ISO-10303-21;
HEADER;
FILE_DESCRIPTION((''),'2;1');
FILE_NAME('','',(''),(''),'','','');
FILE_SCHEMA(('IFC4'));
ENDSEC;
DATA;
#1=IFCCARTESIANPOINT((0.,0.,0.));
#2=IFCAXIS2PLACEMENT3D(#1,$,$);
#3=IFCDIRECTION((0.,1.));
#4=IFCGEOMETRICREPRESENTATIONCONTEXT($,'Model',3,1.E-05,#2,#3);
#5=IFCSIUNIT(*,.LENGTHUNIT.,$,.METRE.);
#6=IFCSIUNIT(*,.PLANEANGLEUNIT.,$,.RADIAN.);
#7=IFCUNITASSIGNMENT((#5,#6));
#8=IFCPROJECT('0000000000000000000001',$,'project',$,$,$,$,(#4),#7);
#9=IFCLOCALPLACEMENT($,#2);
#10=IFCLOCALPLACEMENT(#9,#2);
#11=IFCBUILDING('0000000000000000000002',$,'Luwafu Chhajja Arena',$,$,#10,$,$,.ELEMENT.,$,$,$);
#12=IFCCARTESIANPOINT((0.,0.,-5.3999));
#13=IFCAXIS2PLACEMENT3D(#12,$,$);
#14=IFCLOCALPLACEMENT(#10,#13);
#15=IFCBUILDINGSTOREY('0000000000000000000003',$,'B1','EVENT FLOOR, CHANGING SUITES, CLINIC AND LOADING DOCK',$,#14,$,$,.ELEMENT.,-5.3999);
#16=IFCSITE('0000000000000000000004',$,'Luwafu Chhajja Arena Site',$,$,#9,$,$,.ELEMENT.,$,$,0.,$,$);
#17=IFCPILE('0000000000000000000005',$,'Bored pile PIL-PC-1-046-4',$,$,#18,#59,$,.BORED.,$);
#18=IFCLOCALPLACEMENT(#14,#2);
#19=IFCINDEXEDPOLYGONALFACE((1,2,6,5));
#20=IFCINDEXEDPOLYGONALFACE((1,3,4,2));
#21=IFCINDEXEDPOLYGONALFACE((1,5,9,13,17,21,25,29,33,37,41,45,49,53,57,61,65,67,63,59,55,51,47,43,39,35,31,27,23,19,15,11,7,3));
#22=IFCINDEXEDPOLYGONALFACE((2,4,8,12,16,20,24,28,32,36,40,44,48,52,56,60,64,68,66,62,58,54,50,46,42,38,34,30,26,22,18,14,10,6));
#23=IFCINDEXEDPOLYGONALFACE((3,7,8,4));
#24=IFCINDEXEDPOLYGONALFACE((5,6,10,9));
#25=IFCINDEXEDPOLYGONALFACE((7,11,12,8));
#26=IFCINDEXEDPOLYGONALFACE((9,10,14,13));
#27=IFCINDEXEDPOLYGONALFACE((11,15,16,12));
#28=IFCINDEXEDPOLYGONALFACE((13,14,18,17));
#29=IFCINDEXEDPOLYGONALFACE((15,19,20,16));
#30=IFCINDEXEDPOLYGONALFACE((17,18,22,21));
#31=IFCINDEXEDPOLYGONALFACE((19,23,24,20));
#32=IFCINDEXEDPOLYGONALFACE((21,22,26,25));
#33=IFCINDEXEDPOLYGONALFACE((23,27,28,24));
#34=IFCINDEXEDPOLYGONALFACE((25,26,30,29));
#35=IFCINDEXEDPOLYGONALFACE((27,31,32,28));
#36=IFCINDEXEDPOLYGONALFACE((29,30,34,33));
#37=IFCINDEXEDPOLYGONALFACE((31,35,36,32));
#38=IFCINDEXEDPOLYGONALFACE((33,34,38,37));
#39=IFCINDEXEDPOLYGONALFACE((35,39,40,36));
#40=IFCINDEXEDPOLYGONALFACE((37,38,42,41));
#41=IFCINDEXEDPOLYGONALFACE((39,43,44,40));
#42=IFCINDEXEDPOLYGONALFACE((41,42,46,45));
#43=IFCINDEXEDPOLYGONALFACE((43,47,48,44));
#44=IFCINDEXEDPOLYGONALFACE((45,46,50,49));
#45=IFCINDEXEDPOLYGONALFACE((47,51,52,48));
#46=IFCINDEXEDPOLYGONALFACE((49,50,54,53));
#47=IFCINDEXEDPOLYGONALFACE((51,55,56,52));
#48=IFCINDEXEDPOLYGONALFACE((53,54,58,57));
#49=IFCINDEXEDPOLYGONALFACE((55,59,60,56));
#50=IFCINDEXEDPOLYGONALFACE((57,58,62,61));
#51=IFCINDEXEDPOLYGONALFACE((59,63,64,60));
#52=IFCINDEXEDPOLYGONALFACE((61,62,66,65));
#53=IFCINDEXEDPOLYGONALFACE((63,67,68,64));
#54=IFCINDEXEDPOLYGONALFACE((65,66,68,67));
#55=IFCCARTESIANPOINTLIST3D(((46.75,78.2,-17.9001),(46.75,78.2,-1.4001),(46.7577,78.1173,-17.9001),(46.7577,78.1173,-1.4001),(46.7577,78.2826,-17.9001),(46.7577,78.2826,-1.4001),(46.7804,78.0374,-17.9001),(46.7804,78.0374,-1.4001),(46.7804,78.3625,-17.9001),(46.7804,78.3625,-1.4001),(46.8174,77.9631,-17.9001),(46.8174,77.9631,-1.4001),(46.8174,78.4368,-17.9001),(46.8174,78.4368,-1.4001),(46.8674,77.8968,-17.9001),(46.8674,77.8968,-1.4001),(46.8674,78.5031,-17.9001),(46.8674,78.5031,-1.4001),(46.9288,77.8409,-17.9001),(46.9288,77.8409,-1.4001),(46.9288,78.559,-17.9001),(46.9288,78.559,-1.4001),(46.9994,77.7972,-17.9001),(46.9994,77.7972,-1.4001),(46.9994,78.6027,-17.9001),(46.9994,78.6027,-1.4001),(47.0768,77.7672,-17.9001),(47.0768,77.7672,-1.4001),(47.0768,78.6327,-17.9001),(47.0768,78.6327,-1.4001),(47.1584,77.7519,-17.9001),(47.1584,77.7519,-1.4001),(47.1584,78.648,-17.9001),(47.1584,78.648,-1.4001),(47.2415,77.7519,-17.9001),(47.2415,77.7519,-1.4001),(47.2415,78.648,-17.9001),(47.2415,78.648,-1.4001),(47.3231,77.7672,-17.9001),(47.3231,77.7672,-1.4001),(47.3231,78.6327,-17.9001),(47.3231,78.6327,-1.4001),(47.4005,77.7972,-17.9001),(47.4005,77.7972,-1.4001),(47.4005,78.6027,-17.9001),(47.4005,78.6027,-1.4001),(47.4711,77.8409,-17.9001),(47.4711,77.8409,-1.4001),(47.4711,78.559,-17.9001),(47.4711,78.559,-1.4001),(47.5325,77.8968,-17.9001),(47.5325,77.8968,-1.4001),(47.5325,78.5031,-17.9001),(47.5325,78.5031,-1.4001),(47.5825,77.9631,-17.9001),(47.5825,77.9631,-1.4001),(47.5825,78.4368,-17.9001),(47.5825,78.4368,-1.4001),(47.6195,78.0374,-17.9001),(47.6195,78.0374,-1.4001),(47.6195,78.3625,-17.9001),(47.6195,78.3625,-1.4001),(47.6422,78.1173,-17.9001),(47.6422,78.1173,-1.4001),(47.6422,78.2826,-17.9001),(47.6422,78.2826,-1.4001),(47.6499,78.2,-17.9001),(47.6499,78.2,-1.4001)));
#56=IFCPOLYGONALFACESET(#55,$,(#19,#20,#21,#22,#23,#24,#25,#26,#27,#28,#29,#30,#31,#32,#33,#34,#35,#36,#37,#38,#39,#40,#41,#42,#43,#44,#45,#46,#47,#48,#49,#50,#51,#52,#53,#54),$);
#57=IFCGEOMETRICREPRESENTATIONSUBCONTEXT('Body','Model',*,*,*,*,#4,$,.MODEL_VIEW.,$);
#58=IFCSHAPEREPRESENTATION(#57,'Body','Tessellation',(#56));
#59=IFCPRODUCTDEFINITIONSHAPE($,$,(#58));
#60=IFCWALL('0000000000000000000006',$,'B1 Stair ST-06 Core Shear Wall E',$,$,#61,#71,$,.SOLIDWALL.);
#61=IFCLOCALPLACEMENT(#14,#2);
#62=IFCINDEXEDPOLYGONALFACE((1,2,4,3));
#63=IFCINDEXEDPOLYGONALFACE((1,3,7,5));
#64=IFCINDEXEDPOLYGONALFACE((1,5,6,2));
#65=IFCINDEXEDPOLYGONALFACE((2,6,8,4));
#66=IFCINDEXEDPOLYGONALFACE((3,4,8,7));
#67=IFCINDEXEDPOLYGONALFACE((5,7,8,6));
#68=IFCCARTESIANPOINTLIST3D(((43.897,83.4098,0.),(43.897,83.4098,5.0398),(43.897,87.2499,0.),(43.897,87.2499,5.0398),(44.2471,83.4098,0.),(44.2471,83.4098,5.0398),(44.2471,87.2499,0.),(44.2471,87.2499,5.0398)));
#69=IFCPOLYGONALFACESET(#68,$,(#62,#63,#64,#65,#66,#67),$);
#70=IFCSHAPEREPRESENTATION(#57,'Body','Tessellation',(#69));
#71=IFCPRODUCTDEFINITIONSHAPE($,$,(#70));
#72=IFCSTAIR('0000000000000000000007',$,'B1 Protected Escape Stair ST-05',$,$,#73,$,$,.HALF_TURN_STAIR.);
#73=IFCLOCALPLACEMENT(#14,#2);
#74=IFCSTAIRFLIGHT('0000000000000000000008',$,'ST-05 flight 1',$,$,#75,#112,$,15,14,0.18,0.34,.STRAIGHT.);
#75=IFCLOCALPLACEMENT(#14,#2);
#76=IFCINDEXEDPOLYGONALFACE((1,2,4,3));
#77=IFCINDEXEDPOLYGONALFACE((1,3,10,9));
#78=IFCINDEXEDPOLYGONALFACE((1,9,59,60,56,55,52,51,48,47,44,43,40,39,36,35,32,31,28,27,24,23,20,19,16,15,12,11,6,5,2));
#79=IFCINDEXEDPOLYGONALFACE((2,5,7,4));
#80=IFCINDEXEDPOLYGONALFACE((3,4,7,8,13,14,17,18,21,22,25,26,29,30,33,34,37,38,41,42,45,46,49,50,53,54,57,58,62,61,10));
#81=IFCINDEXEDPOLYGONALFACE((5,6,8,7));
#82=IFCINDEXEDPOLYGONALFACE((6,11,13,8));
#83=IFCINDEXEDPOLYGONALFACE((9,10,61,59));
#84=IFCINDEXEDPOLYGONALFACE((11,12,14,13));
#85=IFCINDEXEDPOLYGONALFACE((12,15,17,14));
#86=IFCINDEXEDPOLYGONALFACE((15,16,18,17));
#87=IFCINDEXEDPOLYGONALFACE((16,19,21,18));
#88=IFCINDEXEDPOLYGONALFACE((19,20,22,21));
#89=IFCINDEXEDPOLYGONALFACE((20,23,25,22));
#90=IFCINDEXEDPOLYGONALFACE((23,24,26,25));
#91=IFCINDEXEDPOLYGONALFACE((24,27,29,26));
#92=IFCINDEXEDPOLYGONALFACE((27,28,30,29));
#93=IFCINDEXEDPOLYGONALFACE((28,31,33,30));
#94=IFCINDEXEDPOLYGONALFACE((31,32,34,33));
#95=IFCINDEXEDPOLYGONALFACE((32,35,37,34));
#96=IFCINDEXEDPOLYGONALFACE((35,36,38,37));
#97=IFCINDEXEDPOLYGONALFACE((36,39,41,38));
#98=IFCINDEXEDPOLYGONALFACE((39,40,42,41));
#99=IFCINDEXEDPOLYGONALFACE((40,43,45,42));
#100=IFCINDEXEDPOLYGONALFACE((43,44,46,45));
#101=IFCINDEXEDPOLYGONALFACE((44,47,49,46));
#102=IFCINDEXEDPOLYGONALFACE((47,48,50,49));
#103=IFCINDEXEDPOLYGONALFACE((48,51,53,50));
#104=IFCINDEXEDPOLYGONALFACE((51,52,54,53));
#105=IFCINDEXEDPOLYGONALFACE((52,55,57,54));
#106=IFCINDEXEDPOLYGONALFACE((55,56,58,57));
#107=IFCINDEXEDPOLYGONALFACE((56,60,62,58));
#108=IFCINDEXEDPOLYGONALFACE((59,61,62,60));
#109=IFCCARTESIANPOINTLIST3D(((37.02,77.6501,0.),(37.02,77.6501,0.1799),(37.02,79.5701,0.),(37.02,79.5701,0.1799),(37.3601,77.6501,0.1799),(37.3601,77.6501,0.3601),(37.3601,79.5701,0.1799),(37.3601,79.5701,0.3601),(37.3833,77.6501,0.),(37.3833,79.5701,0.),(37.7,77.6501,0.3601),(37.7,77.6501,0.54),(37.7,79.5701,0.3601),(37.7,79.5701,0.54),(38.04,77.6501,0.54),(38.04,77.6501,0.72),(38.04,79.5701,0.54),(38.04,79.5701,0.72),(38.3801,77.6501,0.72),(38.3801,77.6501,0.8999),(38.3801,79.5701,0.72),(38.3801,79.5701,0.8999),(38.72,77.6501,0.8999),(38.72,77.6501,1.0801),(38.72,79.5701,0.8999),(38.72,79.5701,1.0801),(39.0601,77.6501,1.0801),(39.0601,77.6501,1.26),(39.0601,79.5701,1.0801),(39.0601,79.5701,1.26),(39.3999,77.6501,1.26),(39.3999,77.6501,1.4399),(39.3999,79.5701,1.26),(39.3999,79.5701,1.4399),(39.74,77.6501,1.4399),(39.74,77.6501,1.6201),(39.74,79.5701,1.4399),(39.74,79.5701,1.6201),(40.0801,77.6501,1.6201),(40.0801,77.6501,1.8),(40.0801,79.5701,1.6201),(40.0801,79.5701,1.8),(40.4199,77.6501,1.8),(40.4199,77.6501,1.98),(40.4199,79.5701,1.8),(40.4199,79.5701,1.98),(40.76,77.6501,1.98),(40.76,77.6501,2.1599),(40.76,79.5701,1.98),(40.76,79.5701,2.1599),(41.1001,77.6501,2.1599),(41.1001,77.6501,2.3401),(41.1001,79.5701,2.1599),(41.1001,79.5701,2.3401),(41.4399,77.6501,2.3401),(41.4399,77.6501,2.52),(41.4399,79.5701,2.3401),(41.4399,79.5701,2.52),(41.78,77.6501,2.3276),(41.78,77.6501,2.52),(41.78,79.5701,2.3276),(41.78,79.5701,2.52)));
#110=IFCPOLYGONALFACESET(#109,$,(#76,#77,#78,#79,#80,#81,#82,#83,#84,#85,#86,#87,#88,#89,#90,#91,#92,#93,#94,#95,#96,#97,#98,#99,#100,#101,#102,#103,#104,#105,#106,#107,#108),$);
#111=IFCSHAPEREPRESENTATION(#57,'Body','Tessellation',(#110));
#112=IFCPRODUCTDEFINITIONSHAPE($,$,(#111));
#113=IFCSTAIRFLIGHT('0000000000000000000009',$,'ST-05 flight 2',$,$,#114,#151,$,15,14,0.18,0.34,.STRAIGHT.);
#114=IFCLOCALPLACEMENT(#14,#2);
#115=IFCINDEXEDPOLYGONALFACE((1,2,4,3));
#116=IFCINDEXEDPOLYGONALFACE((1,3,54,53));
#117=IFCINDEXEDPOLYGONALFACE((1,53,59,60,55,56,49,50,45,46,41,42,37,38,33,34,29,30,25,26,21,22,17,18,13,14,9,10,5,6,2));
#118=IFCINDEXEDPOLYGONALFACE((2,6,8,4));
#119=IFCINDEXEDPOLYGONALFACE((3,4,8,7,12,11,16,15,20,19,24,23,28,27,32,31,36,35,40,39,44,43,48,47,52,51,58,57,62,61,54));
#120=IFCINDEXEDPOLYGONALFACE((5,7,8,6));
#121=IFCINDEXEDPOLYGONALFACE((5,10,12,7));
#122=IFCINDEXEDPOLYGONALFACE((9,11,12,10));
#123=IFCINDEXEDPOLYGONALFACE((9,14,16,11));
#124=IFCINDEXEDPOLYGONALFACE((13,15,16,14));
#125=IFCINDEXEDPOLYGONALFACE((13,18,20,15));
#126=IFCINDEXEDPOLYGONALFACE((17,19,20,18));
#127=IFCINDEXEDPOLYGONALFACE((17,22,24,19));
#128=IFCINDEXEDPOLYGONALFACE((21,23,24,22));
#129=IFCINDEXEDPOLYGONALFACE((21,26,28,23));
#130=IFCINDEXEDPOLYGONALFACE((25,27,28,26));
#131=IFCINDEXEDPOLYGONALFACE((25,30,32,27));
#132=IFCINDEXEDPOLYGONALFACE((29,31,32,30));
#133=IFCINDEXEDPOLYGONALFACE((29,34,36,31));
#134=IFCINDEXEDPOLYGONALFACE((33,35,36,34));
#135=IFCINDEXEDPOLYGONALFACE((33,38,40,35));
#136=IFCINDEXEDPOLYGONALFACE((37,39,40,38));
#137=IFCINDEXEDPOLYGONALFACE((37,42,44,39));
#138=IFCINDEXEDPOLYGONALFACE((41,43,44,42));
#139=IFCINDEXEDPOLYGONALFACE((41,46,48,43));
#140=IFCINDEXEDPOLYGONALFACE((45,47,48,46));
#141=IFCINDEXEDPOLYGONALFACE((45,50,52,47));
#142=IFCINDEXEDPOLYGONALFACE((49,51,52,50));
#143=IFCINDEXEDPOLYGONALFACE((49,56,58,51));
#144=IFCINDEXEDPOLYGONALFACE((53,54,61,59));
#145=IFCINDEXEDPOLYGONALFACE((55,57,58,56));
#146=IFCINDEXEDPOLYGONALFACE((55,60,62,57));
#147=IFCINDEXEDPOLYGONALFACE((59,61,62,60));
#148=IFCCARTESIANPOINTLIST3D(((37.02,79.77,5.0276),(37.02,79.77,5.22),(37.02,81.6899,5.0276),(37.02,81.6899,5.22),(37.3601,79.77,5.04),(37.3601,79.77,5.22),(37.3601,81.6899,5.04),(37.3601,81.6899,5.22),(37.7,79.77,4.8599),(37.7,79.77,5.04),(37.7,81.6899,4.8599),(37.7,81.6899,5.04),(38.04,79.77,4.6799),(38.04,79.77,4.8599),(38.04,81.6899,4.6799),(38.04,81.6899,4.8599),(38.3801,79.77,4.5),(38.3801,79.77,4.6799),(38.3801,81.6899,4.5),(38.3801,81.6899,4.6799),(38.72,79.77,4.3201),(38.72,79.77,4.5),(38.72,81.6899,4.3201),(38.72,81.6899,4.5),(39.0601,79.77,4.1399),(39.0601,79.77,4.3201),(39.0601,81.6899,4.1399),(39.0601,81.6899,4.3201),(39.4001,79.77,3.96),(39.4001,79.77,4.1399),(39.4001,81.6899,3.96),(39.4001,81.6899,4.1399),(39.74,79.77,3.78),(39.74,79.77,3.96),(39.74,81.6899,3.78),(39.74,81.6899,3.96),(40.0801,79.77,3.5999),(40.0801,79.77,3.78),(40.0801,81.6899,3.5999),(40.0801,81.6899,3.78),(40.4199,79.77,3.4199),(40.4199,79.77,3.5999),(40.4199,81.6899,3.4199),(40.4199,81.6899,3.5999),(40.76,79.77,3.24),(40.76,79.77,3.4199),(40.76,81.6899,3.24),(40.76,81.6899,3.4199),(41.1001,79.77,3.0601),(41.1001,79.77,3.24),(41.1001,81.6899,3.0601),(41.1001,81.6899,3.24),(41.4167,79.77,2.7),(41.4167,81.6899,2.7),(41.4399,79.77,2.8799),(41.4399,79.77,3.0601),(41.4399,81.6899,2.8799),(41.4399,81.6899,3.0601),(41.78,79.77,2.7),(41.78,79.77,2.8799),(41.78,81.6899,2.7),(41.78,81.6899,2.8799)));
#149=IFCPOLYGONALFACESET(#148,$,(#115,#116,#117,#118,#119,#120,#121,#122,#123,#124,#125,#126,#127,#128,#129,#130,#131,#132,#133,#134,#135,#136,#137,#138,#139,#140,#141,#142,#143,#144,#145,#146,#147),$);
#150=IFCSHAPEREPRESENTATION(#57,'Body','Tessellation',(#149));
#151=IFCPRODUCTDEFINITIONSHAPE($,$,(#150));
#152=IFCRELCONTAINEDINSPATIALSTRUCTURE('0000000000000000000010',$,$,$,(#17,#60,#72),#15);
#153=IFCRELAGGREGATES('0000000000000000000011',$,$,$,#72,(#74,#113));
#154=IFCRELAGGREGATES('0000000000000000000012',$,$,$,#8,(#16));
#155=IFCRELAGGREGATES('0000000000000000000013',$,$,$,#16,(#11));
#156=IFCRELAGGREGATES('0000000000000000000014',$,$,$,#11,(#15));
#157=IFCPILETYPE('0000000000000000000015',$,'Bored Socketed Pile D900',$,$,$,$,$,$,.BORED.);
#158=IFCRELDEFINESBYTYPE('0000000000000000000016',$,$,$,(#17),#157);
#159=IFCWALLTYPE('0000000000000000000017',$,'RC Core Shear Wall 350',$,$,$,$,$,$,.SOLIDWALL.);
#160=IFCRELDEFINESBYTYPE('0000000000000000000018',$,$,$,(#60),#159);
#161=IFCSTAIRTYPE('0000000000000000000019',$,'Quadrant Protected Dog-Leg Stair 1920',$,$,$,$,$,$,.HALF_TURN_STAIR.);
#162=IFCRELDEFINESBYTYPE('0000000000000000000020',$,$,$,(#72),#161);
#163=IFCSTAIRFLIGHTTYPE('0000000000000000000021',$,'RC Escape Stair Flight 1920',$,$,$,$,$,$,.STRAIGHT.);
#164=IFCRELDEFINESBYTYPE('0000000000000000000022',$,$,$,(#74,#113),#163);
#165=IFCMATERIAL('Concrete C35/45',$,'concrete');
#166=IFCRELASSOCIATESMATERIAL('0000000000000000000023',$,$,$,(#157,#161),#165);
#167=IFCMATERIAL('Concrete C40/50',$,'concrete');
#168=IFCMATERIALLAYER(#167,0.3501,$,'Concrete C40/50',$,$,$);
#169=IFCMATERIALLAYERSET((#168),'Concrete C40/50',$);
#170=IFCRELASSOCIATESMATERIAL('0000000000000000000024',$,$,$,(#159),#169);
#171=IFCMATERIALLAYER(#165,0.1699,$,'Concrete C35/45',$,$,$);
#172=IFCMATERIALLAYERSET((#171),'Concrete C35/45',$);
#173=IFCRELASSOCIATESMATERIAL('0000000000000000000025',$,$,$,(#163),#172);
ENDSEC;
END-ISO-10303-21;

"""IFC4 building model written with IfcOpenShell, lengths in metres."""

from ifc_helpers import new_model, si_unit, direction, frame, frame_2d, origin, origin_2d, place, context, subcontext, project, spatial, polyline, rectangle, circle, outline, extrude, material, layer, layer_set, material_profile, profile_set, type_object, element, aggregate, save


model = new_model("IFC4")

# Units and contexts
model_context = context("Model", 3, precision=1e-05, world=origin(), true_north=direction((0.0, 1.0)))
body_context = subcontext(model_context, "Body", "Model", "MODEL_VIEW")
ifc_project = project(units=[si_unit("LENGTHUNIT", "METRE"), si_unit("PLANEANGLEUNIT", "RADIAN")], contexts=[model_context])

# Site, building, storey
site_placement = place(None, origin())
site = spatial("IfcSite", under=ifc_project, at=site_placement, Name="Luwafu Chhajja Arena Site", CompositionType="ELEMENT", RefElevation=0.0)
building_placement = place(site_placement, origin())
building = spatial("IfcBuilding", under=site, at=building_placement, Name="Luwafu Chhajja Arena", CompositionType="ELEMENT")
storey_placement = place(building_placement, frame((0.0, 0.0, -5.3999)))
storey = spatial("IfcBuildingStorey", under=building, at=storey_placement, Name="B1", Description="EVENT FLOOR, CHANGING SUITES, CLINIC AND LOADING DOCK", CompositionType="ELEMENT", Elevation=-5.3999)

# Pile
ifc_material_1 = material(Name="Concrete C35/45", Category="concrete")
ifc_material_profile = material_profile(ifc_material_1, circle(Radius=0.45, at=origin_2d()), Name="PILE D900")
ifc_profile_set = profile_set([ifc_material_profile], Name="Concrete C35/45")
pile_type = type_object("IfcPileType", Name="Bored Socketed Pile D900", PredefinedType="BORED", material=ifc_profile_set)
pile_placement = place(storey_placement, frame((47.2, 78.2, -1.4001), z_axis=(0.0, 0.0, -1.0), x_axis=(1.0, 0.0, 0.0)))
element("IfcPile", 1, at=pile_placement, inside=storey, type_object=pile_type, Name="Bored pile PIL-PC-1-046-4", PredefinedType="BORED", context=body_context, shape_type="SweptSolid", body=[
    extrude(circle(Radius=0.45, at=origin_2d()), origin(), (0.0, 0.0, 1.0), 16.5),
])

# Wall
ifc_material_2 = material(Name="Concrete C40/50", Category="concrete")
ifc_layer_1 = layer(ifc_material_2, 0.3501, Name="Concrete C40/50")
ifc_layer_set_1 = layer_set([ifc_layer_1], Name="Concrete C40/50")
wall_type = type_object("IfcWallType", Name="RC Core Shear Wall 350", PredefinedType="SOLIDWALL", material=ifc_layer_set_1)
wall_placement = place(storey_placement, frame((44.072, 83.4099, 0.0), z_axis=(0.0, 0.0, 1.0), x_axis=(0.0, 1.0, 0.0)))
element("IfcWall", 2, at=wall_placement, inside=storey, type_object=wall_type, Name="B1 Stair ST-06 Core Shear Wall E", PredefinedType="SOLIDWALL", context=body_context, shape_type="SweptSolid", body=[
    extrude(rectangle(XDim=3.8401, YDim=0.3501, at=frame_2d((1.9199, 0.0))), origin(), (0.0, 0.0, 1.0), 5.0398),
])

# Stair, stair flights
stair_type = type_object("IfcStairType", Name="Quadrant Protected Dog-Leg Stair 1920", PredefinedType="HALF_TURN_STAIR", material=ifc_material_1)
stair_1_placement = place(storey_placement, origin())
stair_1 = element("IfcStair", 3, at=stair_1_placement, inside=storey, type_object=stair_type, Name="B1 Protected Escape Stair ST-05", PredefinedType="HALF_TURN_STAIR")
ifc_layer_2 = layer(ifc_material_1, 0.1699, Name="Concrete C35/45")
ifc_layer_set_2 = layer_set([ifc_layer_2], Name="Concrete C35/45")
stair_flight_type = type_object("IfcStairFlightType", Name="RC Escape Stair Flight 1920", PredefinedType="STRAIGHT", material=ifc_layer_set_2)
stair_flight_1_placement = place(storey_placement, frame((37.02, 78.6101, 0.0), z_axis=(0.0, 0.0, 1.0), x_axis=(1.0, 0.0, 0.0)))
stair_flight_1 = element("IfcStairFlight", 4, at=stair_flight_1_placement, type_object=stair_flight_type, Name="ST-05 flight 1", NumberOfRisers=15, NumberOfTreads=14, PredefinedType="STRAIGHT", RiserHeight=0.18, TreadLength=0.34, context=body_context, shape_type="SweptSolid", body=[
    extrude(outline(polyline([(0.0, 0.0), (0.0, 0.1799), (0.3401, 0.1799), (0.3401, 0.3601), (0.6799, 0.3601), (0.6799, 0.54), (1.02, 0.54), (1.02, 0.72), (1.3601, 0.72), (1.3601, 0.8999), (1.7, 0.8999), (1.7, 1.0801), (2.04, 1.0801), (2.04, 1.26), (2.3799, 1.26), (2.3799, 1.4399), (2.72, 1.4399), (2.72, 1.6201), (3.0601, 1.6201), (3.0601, 1.8), (3.3999, 1.8), (3.3999, 1.98), (3.74, 1.98), (3.74, 2.1599), (4.0801, 2.1599), (4.0801, 2.3401), (4.4199, 2.3401), (4.4199, 2.52), (4.76, 2.52), (4.76, 2.7), (4.76, 2.3276), (0.3633, 0.0), (0.0, 0.0)])), frame((0.0, 0.96, 0.0), z_axis=(0.0, -1.0, 0.0), x_axis=(1.0, 0.0, 0.0)), (0.0, 0.0, 1.0), 1.9199),
])
stair_flight_2_placement = place(storey_placement, frame((41.78, 80.73, 2.7), z_axis=(0.0, 0.0, 1.0), x_axis=(-1.0, 0.0, 0.0)))
stair_flight_2 = element("IfcStairFlight", 5, at=stair_flight_2_placement, type_object=stair_flight_type, Name="ST-05 flight 2", NumberOfRisers=15, NumberOfTreads=14, PredefinedType="STRAIGHT", RiserHeight=0.18, TreadLength=0.34, context=body_context, shape_type="SweptSolid", body=[
    extrude(outline(polyline([(0.0, 0.0), (0.0, 0.1799), (0.3401, 0.1799), (0.3401, 0.3601), (0.6799, 0.3601), (0.6799, 0.54), (1.02, 0.54), (1.02, 0.72), (1.3601, 0.72), (1.3601, 0.8999), (1.7, 0.8999), (1.7, 1.0801), (2.04, 1.0801), (2.04, 1.26), (2.3799, 1.26), (2.3799, 1.4399), (2.72, 1.4399), (2.72, 1.6201), (3.0601, 1.6201), (3.0601, 1.8), (3.3999, 1.8), (3.3999, 1.98), (3.74, 1.98), (3.74, 2.1599), (4.0801, 2.1599), (4.0801, 2.3401), (4.4199, 2.3401), (4.4199, 2.52), (4.76, 2.52), (4.76, 2.7), (4.76, 2.3276), (0.3633, 0.0), (0.0, 0.0)])), frame((0.0, 0.96, 0.0), z_axis=(0.0, -1.0, 0.0), x_axis=(1.0, 0.0, 0.0)), (0.0, 0.0, 1.0), 1.9199),
])
aggregate(stair_1, [stair_flight_1, stair_flight_2])

save(model, "model.ifc")
